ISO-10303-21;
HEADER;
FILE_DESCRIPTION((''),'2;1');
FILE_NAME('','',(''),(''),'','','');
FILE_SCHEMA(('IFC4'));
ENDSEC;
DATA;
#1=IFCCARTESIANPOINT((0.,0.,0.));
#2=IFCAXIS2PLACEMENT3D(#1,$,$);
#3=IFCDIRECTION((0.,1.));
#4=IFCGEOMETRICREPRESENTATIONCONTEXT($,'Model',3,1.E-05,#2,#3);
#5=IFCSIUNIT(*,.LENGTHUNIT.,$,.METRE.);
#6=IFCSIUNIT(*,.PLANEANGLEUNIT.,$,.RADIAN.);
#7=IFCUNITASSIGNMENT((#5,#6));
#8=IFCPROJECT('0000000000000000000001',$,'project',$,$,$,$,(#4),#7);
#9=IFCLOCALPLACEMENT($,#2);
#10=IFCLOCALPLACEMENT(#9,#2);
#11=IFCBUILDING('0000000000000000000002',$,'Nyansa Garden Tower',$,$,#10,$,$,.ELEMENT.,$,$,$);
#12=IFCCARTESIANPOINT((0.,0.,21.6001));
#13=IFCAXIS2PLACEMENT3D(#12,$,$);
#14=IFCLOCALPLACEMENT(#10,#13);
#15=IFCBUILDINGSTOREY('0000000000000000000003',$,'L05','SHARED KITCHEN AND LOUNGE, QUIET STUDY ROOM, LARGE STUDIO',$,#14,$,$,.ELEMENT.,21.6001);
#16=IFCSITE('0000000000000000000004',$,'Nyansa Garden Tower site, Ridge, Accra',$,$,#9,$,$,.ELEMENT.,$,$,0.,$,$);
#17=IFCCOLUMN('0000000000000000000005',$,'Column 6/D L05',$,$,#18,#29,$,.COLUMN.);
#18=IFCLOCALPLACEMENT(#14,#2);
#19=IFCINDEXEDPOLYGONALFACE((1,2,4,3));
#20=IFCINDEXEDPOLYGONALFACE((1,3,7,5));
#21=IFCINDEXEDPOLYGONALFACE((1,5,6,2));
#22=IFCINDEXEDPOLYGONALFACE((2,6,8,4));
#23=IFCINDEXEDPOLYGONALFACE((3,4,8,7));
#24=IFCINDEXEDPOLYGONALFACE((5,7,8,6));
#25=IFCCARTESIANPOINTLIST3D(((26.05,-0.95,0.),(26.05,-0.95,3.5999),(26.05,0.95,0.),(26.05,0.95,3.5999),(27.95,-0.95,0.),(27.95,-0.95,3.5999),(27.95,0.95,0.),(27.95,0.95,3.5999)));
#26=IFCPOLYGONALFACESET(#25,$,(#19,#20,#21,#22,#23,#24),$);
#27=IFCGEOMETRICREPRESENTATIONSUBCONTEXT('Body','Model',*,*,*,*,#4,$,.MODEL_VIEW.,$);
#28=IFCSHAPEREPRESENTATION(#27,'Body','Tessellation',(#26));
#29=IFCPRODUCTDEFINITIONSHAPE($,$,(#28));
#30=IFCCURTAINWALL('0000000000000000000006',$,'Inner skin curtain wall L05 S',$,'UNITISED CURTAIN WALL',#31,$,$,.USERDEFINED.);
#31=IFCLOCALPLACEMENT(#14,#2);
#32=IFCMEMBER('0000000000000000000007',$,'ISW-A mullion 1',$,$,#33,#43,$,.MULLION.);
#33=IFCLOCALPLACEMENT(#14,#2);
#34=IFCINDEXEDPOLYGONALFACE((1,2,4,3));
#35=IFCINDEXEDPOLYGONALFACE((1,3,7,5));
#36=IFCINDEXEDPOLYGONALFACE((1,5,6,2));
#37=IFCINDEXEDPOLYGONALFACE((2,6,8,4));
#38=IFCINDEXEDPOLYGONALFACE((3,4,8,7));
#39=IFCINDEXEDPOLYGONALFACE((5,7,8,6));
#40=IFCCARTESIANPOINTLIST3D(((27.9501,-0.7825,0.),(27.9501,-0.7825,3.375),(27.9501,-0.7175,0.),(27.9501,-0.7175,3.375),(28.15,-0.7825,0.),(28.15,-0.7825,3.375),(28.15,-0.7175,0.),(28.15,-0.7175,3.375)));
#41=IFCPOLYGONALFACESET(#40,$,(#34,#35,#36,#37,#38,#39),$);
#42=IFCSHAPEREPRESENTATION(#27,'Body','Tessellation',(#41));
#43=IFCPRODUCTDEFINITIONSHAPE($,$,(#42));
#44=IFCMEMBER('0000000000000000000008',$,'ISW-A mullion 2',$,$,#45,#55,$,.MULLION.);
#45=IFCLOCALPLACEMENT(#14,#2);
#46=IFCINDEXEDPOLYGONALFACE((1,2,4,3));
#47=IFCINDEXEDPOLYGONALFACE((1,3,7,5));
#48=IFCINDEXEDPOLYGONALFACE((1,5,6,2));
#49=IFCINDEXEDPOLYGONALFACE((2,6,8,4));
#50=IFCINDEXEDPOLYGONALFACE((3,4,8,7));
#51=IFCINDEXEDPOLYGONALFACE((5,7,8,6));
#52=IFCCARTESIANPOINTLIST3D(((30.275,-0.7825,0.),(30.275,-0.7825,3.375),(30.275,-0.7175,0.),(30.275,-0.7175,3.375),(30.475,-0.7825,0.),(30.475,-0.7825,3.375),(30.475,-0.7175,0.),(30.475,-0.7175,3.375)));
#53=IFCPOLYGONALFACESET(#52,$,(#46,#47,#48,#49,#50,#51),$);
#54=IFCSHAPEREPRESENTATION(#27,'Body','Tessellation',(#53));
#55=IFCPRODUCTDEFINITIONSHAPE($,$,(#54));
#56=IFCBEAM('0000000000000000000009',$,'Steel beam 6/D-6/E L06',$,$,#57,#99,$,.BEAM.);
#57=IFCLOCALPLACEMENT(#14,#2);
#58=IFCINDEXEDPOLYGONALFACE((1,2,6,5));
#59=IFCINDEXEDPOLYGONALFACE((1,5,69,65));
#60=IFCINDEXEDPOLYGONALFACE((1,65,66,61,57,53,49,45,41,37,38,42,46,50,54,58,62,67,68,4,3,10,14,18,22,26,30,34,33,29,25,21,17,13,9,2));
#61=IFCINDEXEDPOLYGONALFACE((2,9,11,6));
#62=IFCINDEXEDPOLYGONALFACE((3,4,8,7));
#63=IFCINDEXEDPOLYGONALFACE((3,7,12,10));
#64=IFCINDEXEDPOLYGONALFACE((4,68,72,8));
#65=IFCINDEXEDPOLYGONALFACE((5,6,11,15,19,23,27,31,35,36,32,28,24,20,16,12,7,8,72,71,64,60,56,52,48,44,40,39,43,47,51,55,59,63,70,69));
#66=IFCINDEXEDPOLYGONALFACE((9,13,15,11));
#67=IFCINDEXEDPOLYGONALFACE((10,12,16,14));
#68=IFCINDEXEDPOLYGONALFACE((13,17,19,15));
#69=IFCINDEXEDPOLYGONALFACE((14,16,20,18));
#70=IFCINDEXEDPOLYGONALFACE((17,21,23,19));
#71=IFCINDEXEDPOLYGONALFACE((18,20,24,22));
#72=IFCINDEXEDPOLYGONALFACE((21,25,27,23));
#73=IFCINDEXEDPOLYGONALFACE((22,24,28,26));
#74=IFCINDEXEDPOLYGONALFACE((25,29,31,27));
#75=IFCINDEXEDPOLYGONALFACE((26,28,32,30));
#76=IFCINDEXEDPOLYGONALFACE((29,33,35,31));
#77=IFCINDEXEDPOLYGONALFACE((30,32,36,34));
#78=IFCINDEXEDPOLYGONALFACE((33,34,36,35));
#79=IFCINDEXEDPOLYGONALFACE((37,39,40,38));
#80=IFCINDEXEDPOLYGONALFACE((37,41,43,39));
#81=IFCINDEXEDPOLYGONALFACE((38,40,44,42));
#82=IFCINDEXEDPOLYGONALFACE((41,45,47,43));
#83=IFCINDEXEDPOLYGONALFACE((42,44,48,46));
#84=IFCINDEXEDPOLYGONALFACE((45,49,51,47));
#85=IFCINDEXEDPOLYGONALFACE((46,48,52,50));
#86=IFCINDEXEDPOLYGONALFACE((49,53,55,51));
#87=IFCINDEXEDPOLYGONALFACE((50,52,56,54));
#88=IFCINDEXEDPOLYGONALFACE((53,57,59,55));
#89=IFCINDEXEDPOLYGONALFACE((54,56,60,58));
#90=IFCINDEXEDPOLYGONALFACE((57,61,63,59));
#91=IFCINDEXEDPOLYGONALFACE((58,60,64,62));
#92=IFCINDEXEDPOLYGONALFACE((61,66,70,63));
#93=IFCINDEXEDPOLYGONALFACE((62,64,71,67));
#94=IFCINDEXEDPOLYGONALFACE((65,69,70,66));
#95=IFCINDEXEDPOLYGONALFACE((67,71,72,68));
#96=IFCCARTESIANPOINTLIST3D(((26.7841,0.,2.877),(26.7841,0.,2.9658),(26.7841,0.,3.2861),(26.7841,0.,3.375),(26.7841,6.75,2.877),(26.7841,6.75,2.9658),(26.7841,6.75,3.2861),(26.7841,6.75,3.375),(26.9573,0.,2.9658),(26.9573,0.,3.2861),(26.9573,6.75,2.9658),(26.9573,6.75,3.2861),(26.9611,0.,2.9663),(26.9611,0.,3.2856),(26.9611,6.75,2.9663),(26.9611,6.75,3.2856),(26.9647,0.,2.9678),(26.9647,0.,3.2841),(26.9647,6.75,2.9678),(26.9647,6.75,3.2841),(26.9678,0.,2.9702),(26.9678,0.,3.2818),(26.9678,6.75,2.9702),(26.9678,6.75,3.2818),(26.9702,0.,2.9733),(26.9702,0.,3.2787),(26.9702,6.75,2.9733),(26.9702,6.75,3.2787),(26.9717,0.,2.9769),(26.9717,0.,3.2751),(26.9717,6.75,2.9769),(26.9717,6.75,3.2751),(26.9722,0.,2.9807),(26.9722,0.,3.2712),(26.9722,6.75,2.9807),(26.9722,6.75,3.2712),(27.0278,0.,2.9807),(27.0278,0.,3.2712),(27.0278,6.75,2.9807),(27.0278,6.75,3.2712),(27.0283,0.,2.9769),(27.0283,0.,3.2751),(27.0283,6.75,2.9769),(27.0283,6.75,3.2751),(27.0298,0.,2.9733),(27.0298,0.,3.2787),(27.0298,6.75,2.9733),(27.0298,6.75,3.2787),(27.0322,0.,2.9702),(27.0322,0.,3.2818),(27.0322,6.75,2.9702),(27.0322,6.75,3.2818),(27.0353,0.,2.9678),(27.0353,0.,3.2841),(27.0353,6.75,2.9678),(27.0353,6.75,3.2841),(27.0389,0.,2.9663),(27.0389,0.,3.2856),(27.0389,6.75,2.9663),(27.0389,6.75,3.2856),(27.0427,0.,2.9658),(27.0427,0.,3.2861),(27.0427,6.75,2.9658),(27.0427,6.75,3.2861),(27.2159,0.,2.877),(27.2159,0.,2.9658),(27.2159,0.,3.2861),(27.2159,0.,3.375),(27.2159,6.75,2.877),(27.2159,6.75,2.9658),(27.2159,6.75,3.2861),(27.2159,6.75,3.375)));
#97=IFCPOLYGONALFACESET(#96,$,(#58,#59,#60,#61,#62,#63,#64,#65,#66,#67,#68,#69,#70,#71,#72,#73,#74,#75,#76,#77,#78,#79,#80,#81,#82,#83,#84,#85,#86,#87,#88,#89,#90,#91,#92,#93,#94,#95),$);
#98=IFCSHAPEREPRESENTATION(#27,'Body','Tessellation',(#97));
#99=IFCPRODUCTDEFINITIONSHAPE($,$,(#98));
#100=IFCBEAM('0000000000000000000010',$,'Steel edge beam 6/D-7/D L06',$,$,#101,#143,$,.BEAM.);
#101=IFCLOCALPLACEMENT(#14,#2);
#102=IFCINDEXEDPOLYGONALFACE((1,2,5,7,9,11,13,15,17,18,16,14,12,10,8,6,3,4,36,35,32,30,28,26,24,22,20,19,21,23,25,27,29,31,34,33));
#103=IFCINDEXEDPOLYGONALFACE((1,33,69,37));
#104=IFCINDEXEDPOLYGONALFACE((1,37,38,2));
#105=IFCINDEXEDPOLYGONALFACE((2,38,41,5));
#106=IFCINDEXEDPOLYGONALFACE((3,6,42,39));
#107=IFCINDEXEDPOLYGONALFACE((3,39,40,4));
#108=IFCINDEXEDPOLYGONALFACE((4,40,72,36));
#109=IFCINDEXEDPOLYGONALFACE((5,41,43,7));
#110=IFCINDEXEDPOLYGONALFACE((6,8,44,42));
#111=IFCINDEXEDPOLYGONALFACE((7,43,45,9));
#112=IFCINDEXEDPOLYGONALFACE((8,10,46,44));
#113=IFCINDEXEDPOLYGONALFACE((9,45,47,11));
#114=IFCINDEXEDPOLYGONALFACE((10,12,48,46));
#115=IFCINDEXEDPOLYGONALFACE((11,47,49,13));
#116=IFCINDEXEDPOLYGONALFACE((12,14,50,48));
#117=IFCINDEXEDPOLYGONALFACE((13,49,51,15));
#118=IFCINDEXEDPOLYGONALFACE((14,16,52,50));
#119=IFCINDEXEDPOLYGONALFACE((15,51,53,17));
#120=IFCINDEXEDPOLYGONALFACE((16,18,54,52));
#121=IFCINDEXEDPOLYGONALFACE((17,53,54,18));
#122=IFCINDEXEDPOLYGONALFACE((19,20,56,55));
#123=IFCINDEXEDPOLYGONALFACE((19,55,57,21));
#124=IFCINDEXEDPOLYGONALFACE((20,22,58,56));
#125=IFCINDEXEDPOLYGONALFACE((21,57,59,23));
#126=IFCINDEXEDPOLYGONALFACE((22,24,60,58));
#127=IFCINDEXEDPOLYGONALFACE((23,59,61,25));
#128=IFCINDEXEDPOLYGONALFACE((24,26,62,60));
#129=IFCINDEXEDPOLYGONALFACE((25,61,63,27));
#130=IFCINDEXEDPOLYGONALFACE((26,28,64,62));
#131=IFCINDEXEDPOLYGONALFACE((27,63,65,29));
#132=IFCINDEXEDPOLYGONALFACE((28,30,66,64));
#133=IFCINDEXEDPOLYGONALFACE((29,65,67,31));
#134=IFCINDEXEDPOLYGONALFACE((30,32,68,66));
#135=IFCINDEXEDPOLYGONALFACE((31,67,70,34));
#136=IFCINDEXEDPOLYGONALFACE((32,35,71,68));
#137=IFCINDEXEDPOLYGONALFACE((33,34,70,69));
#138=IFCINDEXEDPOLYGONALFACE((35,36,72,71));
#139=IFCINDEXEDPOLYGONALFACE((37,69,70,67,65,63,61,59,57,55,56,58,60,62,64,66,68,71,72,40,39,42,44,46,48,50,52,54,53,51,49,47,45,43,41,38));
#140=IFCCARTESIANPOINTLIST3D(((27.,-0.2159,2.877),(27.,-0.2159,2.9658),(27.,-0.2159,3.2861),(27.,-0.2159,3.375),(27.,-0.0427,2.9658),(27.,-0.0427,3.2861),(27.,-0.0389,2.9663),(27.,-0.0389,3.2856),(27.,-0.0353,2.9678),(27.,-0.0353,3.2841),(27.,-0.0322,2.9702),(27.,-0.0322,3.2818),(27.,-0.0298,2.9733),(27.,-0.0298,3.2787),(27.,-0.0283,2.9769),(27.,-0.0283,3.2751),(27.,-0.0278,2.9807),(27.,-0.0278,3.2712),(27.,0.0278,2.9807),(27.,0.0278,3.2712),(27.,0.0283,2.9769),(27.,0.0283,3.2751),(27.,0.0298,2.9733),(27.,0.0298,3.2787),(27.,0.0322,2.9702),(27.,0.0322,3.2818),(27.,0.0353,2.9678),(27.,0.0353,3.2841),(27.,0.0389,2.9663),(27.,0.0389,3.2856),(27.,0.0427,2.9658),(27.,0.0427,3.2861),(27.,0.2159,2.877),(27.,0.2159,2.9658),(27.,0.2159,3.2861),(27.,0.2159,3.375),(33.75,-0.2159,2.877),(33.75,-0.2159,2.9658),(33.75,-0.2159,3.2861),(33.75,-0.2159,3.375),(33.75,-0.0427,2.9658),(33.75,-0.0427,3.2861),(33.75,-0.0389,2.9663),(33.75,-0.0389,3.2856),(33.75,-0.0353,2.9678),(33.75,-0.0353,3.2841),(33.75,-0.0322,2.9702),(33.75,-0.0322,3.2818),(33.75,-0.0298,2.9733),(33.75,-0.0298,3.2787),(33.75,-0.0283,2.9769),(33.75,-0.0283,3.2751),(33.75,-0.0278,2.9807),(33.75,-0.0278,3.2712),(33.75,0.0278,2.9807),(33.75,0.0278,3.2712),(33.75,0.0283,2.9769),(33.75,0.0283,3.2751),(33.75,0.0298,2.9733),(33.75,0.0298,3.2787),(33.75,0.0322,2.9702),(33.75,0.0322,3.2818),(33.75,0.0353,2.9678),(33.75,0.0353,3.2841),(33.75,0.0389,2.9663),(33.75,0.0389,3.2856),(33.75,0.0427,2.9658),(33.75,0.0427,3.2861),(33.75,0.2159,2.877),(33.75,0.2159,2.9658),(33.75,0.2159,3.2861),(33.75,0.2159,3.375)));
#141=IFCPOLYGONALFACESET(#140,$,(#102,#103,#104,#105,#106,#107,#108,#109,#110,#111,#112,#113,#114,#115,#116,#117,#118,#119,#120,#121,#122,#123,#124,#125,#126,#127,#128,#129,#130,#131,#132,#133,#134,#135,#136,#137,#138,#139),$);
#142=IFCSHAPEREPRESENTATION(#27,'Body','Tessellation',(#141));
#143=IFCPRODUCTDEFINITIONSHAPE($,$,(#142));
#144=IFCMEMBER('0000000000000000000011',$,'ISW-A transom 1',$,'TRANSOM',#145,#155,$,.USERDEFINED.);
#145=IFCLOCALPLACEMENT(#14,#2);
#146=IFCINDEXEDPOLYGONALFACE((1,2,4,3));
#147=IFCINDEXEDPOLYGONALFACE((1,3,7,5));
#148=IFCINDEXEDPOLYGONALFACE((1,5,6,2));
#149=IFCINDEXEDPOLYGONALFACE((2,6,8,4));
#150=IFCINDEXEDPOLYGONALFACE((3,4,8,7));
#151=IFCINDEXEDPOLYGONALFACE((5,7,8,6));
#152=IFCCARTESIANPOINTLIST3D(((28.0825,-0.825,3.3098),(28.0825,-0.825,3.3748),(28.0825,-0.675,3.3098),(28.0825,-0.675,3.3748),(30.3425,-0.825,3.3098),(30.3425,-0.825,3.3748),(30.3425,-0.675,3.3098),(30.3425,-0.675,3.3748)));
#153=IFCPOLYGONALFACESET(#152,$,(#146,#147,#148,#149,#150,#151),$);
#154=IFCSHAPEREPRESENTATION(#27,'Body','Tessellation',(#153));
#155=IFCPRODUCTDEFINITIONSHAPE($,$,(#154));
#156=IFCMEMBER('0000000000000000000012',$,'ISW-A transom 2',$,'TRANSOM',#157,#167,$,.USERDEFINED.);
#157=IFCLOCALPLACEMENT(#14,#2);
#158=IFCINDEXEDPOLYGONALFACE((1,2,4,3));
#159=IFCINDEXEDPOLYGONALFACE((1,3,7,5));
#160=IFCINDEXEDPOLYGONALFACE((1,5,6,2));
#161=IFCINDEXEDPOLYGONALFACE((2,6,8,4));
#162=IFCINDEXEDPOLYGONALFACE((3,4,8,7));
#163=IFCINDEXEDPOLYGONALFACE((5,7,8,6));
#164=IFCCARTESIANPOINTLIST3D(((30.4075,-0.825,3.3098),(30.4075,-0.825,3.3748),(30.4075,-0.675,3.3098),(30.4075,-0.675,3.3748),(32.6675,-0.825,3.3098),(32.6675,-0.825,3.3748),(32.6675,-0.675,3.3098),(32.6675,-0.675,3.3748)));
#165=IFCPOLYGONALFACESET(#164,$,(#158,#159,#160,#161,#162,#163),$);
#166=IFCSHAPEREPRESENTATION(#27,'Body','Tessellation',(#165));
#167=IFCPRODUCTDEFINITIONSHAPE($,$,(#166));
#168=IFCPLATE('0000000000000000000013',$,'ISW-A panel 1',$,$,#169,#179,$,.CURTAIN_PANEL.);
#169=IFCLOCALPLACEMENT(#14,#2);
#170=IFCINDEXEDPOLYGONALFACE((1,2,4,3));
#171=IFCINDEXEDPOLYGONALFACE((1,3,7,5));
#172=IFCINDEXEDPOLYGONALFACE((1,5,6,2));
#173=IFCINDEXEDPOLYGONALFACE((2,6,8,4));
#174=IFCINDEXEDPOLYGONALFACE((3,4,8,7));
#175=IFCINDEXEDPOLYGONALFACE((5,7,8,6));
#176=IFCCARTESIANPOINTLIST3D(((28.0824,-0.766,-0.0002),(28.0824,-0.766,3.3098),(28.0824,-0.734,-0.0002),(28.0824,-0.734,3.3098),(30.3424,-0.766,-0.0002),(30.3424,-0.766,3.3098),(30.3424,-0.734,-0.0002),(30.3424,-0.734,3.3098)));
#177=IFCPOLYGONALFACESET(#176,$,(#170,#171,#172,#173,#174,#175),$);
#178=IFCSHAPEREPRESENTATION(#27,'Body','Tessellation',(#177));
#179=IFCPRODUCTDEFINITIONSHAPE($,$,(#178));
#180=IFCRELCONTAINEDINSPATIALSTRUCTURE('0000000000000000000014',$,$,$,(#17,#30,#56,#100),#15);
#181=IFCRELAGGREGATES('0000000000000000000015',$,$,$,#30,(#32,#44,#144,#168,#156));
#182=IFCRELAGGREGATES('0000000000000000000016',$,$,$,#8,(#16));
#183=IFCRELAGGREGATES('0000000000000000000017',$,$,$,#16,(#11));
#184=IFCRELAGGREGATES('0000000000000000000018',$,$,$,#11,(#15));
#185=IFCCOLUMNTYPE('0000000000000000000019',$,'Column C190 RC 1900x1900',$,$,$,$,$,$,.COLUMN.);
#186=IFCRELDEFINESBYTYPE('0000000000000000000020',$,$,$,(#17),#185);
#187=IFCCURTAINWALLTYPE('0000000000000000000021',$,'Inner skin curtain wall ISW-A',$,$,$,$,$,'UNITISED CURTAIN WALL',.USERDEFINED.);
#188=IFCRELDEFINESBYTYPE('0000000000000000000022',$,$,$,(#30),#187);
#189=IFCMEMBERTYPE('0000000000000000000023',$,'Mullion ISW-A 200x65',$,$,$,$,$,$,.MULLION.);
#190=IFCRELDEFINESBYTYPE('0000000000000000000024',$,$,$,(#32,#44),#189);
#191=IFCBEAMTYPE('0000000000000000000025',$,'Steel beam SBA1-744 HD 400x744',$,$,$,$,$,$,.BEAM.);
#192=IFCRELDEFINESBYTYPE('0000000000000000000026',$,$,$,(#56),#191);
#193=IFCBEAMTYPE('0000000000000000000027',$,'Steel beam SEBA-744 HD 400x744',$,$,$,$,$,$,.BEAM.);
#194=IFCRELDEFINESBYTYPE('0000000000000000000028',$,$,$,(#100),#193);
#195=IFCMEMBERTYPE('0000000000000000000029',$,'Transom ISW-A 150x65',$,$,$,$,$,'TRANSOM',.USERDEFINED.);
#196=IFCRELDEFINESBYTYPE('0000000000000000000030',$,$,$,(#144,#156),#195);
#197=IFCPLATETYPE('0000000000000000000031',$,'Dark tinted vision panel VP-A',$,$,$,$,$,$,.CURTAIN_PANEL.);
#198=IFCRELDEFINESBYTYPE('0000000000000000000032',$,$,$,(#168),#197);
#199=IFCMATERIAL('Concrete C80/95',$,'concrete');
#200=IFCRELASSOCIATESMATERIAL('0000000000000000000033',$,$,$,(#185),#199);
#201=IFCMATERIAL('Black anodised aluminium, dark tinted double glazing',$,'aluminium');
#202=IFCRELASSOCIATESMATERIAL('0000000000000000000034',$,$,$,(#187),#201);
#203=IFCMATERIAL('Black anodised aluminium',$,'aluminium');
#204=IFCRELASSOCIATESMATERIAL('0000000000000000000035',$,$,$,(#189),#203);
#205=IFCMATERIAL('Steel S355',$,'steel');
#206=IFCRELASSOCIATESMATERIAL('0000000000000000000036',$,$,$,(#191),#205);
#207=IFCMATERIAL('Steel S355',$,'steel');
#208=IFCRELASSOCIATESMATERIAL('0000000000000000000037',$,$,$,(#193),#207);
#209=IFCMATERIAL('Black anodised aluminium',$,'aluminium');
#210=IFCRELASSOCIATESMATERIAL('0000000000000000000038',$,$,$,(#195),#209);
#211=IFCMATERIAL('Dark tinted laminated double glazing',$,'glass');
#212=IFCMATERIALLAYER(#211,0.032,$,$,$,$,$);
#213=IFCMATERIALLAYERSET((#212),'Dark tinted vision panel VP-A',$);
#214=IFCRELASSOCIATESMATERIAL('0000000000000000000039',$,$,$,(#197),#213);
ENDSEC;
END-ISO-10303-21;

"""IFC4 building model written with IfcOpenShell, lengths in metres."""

from ifc_helpers import new_model, si_unit, direction, frame, origin, origin_2d, place, context, subcontext, project, spatial, rectangle, i_section, extrude, material, layer, layer_set, material_profile, profile_set, type_object, element, aggregate, save


model = new_model("IFC4")

# Units and contexts
model_context = context("Model", 3, precision=1e-05, world=origin(), true_north=direction((0.0, 1.0)))
body_context = subcontext(model_context, "Body", "Model", "MODEL_VIEW")
ifc_project = project(units=[si_unit("LENGTHUNIT", "METRE"), si_unit("PLANEANGLEUNIT", "RADIAN")], contexts=[model_context])

# Site, building, storey
site_placement = place(None, origin())
site = spatial("IfcSite", under=ifc_project, at=site_placement, Name="Nyansa Garden Tower site, Ridge, Accra", CompositionType="ELEMENT", RefElevation=0.0)
building_placement = place(site_placement, origin())
building = spatial("IfcBuilding", under=site, at=building_placement, Name="Nyansa Garden Tower", CompositionType="ELEMENT")
storey_placement = place(building_placement, frame((0.0, 0.0, 21.6001)))
storey = spatial("IfcBuildingStorey", under=building, at=storey_placement, Name="L05", Description="SHARED KITCHEN AND LOUNGE, QUIET STUDY ROOM, LARGE STUDIO", CompositionType="ELEMENT", Elevation=21.6001)

# Column
ifc_material_1 = material(Name="Concrete C80/95", Category="concrete")
ifc_material_profile_1 = material_profile(ifc_material_1, rectangle(XDim=1.8999, YDim=1.8999, at=origin_2d()), Name="RC 1900x1900")
ifc_profile_set_1 = profile_set([ifc_material_profile_1], Name="Concrete C80/95")
column_type = type_object("IfcColumnType", Name="Column C190 RC 1900x1900", PredefinedType="COLUMN", material=ifc_profile_set_1)
column_placement = place(storey_placement, frame((27.0, 0.0, 0.0), z_axis=(0.0, 0.0, 1.0), x_axis=(1.0, 0.0, 0.0)))
element("IfcColumn", 1, at=column_placement, inside=storey, type_object=column_type, Name="Column 6/D L05", PredefinedType="COLUMN", context=body_context, shape_type="SweptSolid", body=[
    extrude(rectangle(XDim=1.8999, YDim=1.8999, at=origin_2d()), origin(), (0.0, 0.0, 1.0), 3.5999),
])

# Curtain wall, members
ifc_material_2 = material(Name="Black anodised aluminium, dark tinted double glazing", Category="aluminium")
curtain_wall_type = type_object("IfcCurtainWallType", Name="Inner skin curtain wall ISW-A", ElementType="UNITISED CURTAIN WALL", PredefinedType="USERDEFINED", material=ifc_material_2)
curtain_wall_placement = place(storey_placement, origin())
curtain_wall = element("IfcCurtainWall", 2, at=curtain_wall_placement, inside=storey, type_object=curtain_wall_type, Name="Inner skin curtain wall L05 S", ObjectType="UNITISED CURTAIN WALL", PredefinedType="USERDEFINED")
ifc_material_3 = material(Name="Black anodised aluminium", Category="aluminium")
ifc_material_profile_2 = material_profile(ifc_material_3, rectangle(XDim=0.0649, YDim=0.2, at=origin_2d()), Name="Mullion 200x65")
ifc_profile_set_2 = profile_set([ifc_material_profile_2], Name="Black anodised aluminium")
member_type_1 = type_object("IfcMemberType", Name="Mullion ISW-A 200x65", PredefinedType="MULLION", material=ifc_profile_set_2)
member_1_placement = place(storey_placement, frame((28.05, -0.75, 0.0), z_axis=(0.0, 0.0, 1.0), x_axis=(0.0, 1.0, 0.0)))
member_1 = element("IfcMember", 3, at=member_1_placement, type_object=member_type_1, Name="ISW-A mullion 1", PredefinedType="MULLION", context=body_context, shape_type="SweptSolid", body=[
    extrude(rectangle(XDim=0.0649, YDim=0.2, at=origin_2d()), origin(), (0.0, 0.0, 1.0), 3.375),
])
member_2_placement = place(storey_placement, frame((30.375, -0.75, 0.0), z_axis=(0.0, 0.0, 1.0), x_axis=(0.0, 1.0, 0.0)))
member_2 = element("IfcMember", 4, at=member_2_placement, type_object=member_type_1, Name="ISW-A mullion 2", PredefinedType="MULLION", context=body_context, shape_type="SweptSolid", body=[
    extrude(rectangle(XDim=0.0649, YDim=0.2, at=origin_2d()), origin(), (0.0, 0.0, 1.0), 3.375),
])

# Beams
ifc_material_4 = material(Name="Steel S355", Category="steel")
ifc_material_profile_3 = material_profile(ifc_material_4, i_section(OverallWidth=0.4319, OverallDepth=0.498, WebThickness=0.0557, FlangeThickness=0.0889, FilletRadius=0.0149, at=origin_2d()), Name="HD 400x744")
ifc_profile_set_3 = profile_set([ifc_material_profile_3], Name="Steel S355")
beam_type_1 = type_object("IfcBeamType", Name="Steel beam SBA1-744 HD 400x744", PredefinedType="BEAM", material=ifc_profile_set_3)
beam_1_placement = place(storey_placement, frame((27.0, 0.0, 3.126), z_axis=(0.0, 1.0, 0.0), x_axis=(-1.0, 0.0, 0.0)))
element("IfcBeam", 5, at=beam_1_placement, inside=storey, type_object=beam_type_1, Name="Steel beam 6/D-6/E L06", PredefinedType="BEAM", context=body_context, shape_type="SweptSolid", body=[
    extrude(i_section(OverallWidth=0.4319, OverallDepth=0.498, WebThickness=0.0557, FlangeThickness=0.0889, FilletRadius=0.0149, at=origin_2d()), origin(), (0.0, 0.0, 1.0), 6.75),
])
ifc_material_5 = material(Name="Steel S355", Category="steel")
ifc_material_profile_4 = material_profile(ifc_material_5, i_section(OverallWidth=0.4319, OverallDepth=0.498, WebThickness=0.0557, FlangeThickness=0.0889, FilletRadius=0.0149, at=origin_2d()), Name="HD 400x744")
ifc_profile_set_4 = profile_set([ifc_material_profile_4], Name="Steel S355")
beam_type_2 = type_object("IfcBeamType", Name="Steel beam SEBA-744 HD 400x744", PredefinedType="BEAM", material=ifc_profile_set_4)
beam_2_placement = place(storey_placement, frame((27.0, 0.0, 3.126), z_axis=(1.0, 0.0, 0.0), x_axis=(0.0, 1.0, 0.0)))
element("IfcBeam", 6, at=beam_2_placement, inside=storey, type_object=beam_type_2, Name="Steel edge beam 6/D-7/D L06", PredefinedType="BEAM", context=body_context, shape_type="SweptSolid", body=[
    extrude(i_section(OverallWidth=0.4319, OverallDepth=0.498, WebThickness=0.0557, FlangeThickness=0.0889, FilletRadius=0.0149, at=origin_2d()), origin(), (0.0, 0.0, 1.0), 6.75),
])

# Members
ifc_material_6 = material(Name="Black anodised aluminium", Category="aluminium")
ifc_material_profile_5 = material_profile(ifc_material_6, rectangle(XDim=0.1499, YDim=0.0649, at=origin_2d()), Name="Transom 150x65")
ifc_profile_set_5 = profile_set([ifc_material_profile_5], Name="Black anodised aluminium")
member_type_2 = type_object("IfcMemberType", Name="Transom ISW-A 150x65", ElementType="TRANSOM", PredefinedType="USERDEFINED", material=ifc_profile_set_5)
member_3_placement = place(storey_placement, frame((28.0825, -0.75, 3.3423), z_axis=(1.0, 0.0, 0.0), x_axis=(0.0, 1.0, 0.0)))
member_3 = element("IfcMember", 7, at=member_3_placement, type_object=member_type_2, Name="ISW-A transom 1", ObjectType="TRANSOM", PredefinedType="USERDEFINED", context=body_context, shape_type="SweptSolid", body=[
    extrude(rectangle(XDim=0.1499, YDim=0.0649, at=origin_2d()), origin(), (0.0, 0.0, 1.0), 2.26),
])
member_4_placement = place(storey_placement, frame((30.4075, -0.75, 3.3423), z_axis=(1.0, 0.0, 0.0), x_axis=(0.0, 1.0, 0.0)))
member_4 = element("IfcMember", 8, at=member_4_placement, type_object=member_type_2, Name="ISW-A transom 2", ObjectType="TRANSOM", PredefinedType="USERDEFINED", context=body_context, shape_type="SweptSolid", body=[
    extrude(rectangle(XDim=0.1499, YDim=0.0649, at=origin_2d()), origin(), (0.0, 0.0, 1.0), 2.26),
])

# Plate
ifc_material_7 = material(Name="Dark tinted laminated double glazing", Category="glass")
ifc_layer_1 = layer(ifc_material_7, 0.032)
ifc_layer_set_1 = layer_set([ifc_layer_1], Name="Dark tinted vision panel VP-A")
plate_type = type_object("IfcPlateType", Name="Dark tinted vision panel VP-A", PredefinedType="CURTAIN_PANEL", material=ifc_layer_set_1)
plate_placement = place(storey_placement, frame((29.2124, -0.75, -0.0002), z_axis=(0.0, 0.0, 1.0), x_axis=(1.0, 0.0, 0.0)))
plate = element("IfcPlate", 9, at=plate_placement, type_object=plate_type, Name="ISW-A panel 1", PredefinedType="CURTAIN_PANEL", context=body_context, shape_type="SweptSolid", body=[
    extrude(rectangle(XDim=2.26, YDim=0.032, at=origin_2d()), origin(), (0.0, 0.0, 1.0), 3.3101),
])
aggregate(curtain_wall, [member_1, member_2, member_3, plate, member_4])

save(model, "model.ifc")
